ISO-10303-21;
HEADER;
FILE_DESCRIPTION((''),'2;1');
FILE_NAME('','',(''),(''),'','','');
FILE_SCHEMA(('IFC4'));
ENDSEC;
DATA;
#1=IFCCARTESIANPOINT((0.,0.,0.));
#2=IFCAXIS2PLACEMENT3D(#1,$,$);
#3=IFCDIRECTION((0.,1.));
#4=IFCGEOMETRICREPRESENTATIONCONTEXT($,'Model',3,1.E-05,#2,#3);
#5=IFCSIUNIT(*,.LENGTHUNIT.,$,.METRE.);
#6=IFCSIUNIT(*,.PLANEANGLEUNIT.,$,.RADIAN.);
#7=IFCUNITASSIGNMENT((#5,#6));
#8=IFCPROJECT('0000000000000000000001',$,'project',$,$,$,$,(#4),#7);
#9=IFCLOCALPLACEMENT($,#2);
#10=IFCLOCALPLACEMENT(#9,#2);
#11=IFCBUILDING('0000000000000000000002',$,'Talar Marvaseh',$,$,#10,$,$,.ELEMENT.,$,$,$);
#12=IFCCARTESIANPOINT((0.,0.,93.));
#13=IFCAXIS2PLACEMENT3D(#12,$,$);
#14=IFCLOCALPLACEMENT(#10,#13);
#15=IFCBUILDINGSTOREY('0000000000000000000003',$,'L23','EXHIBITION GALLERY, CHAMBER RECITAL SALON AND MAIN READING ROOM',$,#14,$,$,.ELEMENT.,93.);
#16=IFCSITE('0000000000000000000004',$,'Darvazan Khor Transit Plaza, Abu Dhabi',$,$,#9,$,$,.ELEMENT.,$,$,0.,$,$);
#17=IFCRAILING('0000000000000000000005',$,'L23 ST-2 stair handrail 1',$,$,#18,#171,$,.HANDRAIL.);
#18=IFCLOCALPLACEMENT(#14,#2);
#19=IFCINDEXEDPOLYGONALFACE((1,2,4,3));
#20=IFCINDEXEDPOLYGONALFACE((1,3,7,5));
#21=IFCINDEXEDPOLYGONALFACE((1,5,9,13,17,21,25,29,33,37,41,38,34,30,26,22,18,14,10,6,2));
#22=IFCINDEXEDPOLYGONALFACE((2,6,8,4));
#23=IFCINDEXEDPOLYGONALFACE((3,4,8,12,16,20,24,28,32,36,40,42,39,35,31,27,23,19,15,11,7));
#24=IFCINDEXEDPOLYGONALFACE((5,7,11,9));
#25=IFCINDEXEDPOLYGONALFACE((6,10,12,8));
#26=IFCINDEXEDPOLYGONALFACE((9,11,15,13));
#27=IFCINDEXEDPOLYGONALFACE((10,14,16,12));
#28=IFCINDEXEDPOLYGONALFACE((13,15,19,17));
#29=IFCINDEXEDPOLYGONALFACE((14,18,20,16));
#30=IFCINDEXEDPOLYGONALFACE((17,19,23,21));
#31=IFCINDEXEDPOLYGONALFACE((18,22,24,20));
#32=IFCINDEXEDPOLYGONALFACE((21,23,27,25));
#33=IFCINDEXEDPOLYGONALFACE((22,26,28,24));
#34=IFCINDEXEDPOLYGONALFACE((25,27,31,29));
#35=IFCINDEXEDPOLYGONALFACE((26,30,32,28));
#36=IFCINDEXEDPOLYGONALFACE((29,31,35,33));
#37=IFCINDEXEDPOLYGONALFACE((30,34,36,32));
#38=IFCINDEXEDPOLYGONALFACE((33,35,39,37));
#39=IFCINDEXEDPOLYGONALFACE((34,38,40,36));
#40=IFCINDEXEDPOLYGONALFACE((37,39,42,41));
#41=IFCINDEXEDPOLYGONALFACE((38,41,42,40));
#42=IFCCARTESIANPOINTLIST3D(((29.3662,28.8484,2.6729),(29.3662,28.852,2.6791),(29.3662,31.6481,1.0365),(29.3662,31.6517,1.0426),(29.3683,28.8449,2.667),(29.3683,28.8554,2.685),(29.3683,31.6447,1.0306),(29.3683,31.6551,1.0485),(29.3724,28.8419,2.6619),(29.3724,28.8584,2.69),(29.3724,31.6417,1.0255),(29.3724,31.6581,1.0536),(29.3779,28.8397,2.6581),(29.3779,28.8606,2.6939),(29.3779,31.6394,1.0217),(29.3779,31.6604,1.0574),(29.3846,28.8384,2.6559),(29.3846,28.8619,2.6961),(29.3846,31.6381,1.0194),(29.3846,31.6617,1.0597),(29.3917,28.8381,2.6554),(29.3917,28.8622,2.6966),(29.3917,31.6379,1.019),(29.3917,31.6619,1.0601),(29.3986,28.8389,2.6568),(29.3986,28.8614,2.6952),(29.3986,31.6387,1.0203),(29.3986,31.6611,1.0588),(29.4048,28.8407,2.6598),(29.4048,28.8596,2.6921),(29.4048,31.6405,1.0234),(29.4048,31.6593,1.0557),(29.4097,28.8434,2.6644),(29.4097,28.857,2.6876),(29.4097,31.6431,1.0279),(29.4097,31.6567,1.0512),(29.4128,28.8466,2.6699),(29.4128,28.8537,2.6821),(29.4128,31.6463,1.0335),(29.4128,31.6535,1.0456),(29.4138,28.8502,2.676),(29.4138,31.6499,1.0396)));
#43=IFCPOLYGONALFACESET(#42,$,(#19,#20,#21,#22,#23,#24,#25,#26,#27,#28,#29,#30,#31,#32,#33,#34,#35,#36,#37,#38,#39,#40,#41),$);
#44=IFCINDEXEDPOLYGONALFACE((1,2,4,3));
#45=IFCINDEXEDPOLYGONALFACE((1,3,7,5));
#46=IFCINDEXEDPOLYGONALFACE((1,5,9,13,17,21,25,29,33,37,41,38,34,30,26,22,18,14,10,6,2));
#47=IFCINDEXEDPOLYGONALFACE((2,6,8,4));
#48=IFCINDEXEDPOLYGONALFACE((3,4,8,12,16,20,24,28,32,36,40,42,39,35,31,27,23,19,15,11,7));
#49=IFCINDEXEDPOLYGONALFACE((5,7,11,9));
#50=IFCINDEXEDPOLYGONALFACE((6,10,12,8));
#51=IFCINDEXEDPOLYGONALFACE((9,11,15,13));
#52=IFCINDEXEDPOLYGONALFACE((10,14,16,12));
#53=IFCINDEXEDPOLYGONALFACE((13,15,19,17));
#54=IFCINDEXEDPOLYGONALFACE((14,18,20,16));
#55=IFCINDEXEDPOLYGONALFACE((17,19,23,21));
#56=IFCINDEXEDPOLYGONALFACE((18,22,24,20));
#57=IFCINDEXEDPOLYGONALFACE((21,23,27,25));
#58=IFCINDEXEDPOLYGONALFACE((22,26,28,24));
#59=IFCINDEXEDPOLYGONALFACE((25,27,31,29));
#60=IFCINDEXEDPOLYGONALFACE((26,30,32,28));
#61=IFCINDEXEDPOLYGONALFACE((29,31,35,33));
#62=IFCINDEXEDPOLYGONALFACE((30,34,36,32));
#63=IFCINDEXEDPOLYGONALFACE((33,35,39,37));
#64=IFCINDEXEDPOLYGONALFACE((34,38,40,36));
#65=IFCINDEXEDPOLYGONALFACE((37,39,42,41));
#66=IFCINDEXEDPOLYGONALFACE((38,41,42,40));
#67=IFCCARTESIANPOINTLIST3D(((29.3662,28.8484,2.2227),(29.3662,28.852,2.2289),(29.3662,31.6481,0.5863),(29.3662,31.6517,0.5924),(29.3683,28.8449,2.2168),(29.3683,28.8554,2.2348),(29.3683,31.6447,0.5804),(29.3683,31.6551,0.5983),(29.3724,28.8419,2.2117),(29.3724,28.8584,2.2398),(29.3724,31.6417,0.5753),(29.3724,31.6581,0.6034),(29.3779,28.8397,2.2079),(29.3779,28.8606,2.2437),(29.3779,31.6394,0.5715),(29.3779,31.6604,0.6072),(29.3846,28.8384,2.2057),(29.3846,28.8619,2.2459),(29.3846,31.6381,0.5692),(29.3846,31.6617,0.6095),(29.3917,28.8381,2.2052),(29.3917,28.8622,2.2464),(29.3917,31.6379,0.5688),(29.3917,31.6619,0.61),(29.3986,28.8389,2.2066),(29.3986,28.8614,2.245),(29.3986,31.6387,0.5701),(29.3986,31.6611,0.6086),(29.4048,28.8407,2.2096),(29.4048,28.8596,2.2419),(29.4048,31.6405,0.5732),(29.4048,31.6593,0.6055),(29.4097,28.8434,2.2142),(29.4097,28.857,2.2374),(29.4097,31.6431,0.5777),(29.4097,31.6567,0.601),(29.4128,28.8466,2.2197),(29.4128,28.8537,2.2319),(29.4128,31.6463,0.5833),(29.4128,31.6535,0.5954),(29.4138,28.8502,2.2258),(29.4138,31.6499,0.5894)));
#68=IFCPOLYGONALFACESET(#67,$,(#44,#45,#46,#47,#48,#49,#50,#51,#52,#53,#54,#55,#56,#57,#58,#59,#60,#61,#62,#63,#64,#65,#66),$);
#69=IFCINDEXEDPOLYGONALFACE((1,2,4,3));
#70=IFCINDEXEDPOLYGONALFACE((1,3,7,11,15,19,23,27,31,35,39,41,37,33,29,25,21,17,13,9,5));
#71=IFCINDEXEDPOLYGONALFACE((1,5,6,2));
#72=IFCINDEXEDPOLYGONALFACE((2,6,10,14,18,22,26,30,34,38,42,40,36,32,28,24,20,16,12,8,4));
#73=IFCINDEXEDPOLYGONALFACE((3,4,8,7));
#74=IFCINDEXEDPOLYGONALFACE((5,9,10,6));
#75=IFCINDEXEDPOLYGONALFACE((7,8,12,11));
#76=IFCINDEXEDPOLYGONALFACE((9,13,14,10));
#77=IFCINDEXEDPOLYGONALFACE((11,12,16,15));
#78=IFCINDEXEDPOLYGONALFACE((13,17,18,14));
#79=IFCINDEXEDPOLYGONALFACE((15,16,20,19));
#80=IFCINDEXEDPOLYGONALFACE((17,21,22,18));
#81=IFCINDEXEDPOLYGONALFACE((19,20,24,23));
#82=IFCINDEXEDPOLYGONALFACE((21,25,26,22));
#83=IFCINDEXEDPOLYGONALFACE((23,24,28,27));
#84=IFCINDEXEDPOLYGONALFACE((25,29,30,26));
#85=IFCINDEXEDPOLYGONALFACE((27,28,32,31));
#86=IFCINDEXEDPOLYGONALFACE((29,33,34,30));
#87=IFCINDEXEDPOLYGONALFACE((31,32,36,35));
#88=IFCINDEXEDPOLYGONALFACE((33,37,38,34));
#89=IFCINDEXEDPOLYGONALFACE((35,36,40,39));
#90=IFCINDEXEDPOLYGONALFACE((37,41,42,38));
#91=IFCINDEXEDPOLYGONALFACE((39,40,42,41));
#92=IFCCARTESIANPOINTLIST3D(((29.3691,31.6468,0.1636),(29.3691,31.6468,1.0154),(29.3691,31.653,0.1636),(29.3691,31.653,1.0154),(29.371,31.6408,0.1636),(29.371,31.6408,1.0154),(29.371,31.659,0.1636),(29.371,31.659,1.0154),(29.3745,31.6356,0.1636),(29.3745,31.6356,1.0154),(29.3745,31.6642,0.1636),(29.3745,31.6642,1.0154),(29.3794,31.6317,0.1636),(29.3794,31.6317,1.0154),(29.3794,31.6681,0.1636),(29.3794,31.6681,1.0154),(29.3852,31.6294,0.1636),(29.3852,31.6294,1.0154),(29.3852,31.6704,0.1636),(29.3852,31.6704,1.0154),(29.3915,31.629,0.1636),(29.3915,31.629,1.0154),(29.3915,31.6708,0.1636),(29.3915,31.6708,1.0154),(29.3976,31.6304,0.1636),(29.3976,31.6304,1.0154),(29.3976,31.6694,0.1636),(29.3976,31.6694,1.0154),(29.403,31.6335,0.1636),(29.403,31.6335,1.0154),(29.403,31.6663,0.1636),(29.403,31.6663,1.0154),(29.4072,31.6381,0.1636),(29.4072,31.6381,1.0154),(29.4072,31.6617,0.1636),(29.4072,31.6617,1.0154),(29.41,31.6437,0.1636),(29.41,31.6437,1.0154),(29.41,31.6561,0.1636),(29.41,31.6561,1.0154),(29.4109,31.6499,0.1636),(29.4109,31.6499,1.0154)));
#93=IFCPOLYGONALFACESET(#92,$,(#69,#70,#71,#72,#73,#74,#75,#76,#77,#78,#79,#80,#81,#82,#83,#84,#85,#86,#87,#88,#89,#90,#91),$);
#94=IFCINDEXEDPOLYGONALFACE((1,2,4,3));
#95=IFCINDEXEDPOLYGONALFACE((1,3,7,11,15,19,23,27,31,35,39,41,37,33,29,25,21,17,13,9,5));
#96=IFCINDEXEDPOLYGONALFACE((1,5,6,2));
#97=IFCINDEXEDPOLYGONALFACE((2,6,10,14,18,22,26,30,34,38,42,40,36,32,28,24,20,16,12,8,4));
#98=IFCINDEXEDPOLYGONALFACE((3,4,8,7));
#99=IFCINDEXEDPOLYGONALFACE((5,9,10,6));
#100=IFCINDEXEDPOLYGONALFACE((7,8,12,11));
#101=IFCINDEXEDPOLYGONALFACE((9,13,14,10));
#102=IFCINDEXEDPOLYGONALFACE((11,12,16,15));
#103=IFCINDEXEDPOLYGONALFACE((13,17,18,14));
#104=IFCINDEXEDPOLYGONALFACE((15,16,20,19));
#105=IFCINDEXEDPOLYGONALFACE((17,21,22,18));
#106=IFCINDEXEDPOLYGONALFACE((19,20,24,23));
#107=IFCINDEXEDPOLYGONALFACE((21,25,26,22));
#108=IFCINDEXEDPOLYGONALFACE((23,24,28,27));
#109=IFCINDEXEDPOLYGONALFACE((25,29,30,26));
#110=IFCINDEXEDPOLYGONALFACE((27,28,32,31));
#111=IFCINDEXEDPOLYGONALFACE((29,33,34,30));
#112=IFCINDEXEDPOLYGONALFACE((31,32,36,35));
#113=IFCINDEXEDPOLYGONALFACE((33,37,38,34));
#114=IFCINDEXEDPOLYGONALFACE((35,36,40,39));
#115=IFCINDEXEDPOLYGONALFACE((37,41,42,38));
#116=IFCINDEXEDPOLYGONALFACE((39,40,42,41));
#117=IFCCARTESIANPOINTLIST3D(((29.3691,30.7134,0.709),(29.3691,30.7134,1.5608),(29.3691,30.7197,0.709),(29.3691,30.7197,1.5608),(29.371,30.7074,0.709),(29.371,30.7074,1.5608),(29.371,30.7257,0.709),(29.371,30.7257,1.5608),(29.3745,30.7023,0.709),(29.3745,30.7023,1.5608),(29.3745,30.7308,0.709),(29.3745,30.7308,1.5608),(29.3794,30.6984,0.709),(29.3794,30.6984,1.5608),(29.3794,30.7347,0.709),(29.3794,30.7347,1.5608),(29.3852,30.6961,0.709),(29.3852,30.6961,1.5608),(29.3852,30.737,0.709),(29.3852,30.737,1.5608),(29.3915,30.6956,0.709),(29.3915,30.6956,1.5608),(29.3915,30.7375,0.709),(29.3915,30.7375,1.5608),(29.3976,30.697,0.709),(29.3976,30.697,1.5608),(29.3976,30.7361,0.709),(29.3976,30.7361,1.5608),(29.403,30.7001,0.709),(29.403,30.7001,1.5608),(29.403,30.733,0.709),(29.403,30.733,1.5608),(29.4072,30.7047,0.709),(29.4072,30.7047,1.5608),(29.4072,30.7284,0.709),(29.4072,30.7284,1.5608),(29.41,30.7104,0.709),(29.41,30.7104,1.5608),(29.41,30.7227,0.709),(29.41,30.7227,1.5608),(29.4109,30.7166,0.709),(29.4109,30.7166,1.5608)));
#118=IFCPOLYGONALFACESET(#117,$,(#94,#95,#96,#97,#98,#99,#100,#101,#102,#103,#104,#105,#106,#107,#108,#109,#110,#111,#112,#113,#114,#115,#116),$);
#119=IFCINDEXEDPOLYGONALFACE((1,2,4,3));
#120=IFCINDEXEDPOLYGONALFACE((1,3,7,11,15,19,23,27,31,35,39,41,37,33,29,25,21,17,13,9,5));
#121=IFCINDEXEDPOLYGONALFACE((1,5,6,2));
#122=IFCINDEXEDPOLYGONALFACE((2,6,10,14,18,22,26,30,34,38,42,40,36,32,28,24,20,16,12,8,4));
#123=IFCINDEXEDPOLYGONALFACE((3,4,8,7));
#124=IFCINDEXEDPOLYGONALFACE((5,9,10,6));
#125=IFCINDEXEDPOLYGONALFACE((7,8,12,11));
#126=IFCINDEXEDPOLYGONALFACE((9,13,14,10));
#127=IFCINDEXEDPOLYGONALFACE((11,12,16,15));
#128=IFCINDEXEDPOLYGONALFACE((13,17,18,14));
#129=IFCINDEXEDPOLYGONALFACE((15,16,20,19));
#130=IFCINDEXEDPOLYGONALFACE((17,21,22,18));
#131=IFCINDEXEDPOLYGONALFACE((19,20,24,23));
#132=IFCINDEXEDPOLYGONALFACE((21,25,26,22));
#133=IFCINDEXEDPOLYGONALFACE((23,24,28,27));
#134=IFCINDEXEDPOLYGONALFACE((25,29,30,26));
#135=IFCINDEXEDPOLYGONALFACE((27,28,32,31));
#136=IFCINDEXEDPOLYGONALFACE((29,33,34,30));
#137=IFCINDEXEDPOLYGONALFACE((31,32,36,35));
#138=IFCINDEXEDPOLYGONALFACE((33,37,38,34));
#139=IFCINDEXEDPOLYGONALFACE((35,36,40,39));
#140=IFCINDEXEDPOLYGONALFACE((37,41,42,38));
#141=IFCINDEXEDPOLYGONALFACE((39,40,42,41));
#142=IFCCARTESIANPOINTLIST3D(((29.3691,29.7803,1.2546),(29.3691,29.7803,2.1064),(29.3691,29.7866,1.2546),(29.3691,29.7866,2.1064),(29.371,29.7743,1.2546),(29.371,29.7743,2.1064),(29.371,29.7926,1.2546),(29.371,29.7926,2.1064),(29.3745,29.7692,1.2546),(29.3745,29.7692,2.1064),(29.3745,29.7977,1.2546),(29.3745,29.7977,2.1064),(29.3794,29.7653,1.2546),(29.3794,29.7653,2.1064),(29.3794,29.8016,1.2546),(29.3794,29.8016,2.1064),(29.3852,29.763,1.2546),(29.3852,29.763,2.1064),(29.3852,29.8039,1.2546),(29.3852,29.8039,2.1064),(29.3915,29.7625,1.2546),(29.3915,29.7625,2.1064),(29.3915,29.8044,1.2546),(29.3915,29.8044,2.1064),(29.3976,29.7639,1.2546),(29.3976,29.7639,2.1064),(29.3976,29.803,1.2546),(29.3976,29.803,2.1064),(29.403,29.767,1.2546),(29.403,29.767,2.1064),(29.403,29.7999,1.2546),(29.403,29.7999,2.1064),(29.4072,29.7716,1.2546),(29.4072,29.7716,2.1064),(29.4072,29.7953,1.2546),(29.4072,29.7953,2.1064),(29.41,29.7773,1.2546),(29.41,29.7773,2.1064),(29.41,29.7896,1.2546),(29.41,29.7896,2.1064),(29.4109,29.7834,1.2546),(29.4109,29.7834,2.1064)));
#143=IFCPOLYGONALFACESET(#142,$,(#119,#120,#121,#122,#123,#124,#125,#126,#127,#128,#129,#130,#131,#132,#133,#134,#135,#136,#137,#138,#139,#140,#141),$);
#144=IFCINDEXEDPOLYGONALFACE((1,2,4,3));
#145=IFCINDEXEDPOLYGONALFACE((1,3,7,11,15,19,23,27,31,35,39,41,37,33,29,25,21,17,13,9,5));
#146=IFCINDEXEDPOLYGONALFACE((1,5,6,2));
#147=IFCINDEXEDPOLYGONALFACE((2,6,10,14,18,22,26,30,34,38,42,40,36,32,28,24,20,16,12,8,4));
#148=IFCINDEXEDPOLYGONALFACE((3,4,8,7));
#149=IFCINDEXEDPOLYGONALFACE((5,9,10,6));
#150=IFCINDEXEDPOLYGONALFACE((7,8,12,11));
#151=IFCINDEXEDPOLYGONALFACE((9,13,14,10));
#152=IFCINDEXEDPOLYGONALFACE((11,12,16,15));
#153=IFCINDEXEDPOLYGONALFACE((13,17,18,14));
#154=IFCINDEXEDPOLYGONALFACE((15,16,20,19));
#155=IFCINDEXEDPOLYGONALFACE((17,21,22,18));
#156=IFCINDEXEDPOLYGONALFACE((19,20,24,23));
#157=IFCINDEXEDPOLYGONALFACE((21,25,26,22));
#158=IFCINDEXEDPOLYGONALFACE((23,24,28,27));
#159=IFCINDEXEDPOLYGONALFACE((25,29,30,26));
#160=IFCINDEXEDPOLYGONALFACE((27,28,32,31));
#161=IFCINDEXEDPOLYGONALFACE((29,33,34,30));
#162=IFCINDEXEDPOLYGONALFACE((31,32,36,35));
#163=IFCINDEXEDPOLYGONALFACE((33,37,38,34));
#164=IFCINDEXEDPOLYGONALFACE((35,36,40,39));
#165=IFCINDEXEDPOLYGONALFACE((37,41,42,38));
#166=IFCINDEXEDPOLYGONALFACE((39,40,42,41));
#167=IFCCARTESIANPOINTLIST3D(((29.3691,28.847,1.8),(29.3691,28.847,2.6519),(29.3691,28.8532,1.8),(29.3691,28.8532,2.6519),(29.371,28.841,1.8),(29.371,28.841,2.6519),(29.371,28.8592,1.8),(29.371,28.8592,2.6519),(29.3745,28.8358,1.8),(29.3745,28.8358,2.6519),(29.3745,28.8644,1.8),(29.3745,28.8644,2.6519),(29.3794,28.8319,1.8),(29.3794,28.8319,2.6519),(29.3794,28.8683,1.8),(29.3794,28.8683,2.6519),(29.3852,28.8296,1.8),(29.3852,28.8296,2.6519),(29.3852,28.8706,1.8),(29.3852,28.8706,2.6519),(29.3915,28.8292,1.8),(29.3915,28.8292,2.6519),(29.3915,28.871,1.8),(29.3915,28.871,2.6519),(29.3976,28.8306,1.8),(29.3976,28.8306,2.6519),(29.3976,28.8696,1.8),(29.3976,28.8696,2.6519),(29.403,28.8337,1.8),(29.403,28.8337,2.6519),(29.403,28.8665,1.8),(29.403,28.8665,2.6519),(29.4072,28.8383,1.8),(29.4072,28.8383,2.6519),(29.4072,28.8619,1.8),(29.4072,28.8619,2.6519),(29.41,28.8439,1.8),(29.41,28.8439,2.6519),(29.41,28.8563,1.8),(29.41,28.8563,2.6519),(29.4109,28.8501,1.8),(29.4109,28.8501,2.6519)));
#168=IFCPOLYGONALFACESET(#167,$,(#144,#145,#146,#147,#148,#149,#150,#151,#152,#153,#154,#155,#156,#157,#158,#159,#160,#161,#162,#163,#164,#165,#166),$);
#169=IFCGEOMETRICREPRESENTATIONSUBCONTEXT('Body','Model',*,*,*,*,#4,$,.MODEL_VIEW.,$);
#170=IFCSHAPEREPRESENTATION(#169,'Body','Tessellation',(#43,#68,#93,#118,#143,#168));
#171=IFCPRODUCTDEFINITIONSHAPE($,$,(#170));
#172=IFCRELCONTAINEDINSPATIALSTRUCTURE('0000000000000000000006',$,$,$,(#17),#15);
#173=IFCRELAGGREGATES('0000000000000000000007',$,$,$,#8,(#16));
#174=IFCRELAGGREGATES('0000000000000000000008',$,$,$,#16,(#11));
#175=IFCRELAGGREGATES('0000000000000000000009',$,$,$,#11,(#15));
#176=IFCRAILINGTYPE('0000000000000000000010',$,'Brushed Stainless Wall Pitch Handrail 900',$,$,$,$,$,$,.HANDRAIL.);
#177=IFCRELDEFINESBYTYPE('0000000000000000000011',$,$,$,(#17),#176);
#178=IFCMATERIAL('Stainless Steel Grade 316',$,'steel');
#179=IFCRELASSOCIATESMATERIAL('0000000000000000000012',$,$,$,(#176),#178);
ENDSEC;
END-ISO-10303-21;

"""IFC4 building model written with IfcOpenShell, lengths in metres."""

from ifc_helpers import new_model, si_unit, direction, frame, origin, origin_2d, place, context, subcontext, project, spatial, circle, extrude, material, type_object, element, save


model = new_model("IFC4")

# Units and contexts
model_context = context("Model", 3, precision=1e-05, world=origin(), true_north=direction((0.0, 1.0)))
body_context = subcontext(model_context, "Body", "Model", "MODEL_VIEW")
ifc_project = project(units=[si_unit("LENGTHUNIT", "METRE"), si_unit("PLANEANGLEUNIT", "RADIAN")], contexts=[model_context])

# Site, building, storey
site_placement = place(None, origin())
site = spatial("IfcSite", under=ifc_project, at=site_placement, Name="Darvazan Khor Transit Plaza, Abu Dhabi", CompositionType="ELEMENT", RefElevation=0.0)
building_placement = place(site_placement, origin())
building = spatial("IfcBuilding", under=site, at=building_placement, Name="Talar Marvaseh", CompositionType="ELEMENT")
storey_placement = place(building_placement, frame((0.0, 0.0, 93.0)))
storey = spatial("IfcBuildingStorey", under=building, at=storey_placement, Name="L23", Description="EXHIBITION GALLERY, CHAMBER RECITAL SALON AND MAIN READING ROOM", CompositionType="ELEMENT", Elevation=93.0)

# Shared definitions
ifc_material_1 = material(Name="Stainless Steel Grade 316", Category="steel")

# Railing
railing_type_1 = type_object("IfcRailingType", Name="Brushed Stainless Wall Pitch Handrail 900", PredefinedType="HANDRAIL", material=ifc_material_1)
railing_1_placement = place(storey_placement, frame((29.3899, 31.6499, 0.1636)))
element("IfcRailing", 1, at=railing_1_placement, inside=storey, type_object=railing_type_1, Name="L23 ST-2 stair handrail 1", PredefinedType="HANDRAIL", context=body_context, shape_type="SweptSolid", body=[
    extrude(circle(Radius=0.0239, at=origin_2d()), frame((0.0, 0.0, 0.876), z_axis=(0.0, -0.863342, 0.50462), x_axis=(1.0, 0.0, 0.0)), (0.0, 0.0, 1.0), 3.2429),
    extrude(circle(Radius=0.0239, at=origin_2d()), frame((0.0, 0.0, 0.4258), z_axis=(0.0, -0.863342, 0.50462), x_axis=(1.0, 0.0, 0.0)), (0.0, 0.0, 1.0), 3.2429),
    extrude(circle(Radius=0.021, at=origin_2d()), origin(), (0.0, 0.0, 1.0), 0.8518),
    extrude(circle(Radius=0.021, at=origin_2d()), frame((0.0, -0.9333, 0.5454)), (0.0, 0.0, 1.0), 0.8518),
    extrude(circle(Radius=0.021, at=origin_2d()), frame((0.0, -1.8665, 1.0911)), (0.0, 0.0, 1.0), 0.8518),
    extrude(circle(Radius=0.021, at=origin_2d()), frame((0.0, -2.7998, 1.6365)), (0.0, 0.0, 1.0), 0.8518),
])

save(model, "model.ifc")
